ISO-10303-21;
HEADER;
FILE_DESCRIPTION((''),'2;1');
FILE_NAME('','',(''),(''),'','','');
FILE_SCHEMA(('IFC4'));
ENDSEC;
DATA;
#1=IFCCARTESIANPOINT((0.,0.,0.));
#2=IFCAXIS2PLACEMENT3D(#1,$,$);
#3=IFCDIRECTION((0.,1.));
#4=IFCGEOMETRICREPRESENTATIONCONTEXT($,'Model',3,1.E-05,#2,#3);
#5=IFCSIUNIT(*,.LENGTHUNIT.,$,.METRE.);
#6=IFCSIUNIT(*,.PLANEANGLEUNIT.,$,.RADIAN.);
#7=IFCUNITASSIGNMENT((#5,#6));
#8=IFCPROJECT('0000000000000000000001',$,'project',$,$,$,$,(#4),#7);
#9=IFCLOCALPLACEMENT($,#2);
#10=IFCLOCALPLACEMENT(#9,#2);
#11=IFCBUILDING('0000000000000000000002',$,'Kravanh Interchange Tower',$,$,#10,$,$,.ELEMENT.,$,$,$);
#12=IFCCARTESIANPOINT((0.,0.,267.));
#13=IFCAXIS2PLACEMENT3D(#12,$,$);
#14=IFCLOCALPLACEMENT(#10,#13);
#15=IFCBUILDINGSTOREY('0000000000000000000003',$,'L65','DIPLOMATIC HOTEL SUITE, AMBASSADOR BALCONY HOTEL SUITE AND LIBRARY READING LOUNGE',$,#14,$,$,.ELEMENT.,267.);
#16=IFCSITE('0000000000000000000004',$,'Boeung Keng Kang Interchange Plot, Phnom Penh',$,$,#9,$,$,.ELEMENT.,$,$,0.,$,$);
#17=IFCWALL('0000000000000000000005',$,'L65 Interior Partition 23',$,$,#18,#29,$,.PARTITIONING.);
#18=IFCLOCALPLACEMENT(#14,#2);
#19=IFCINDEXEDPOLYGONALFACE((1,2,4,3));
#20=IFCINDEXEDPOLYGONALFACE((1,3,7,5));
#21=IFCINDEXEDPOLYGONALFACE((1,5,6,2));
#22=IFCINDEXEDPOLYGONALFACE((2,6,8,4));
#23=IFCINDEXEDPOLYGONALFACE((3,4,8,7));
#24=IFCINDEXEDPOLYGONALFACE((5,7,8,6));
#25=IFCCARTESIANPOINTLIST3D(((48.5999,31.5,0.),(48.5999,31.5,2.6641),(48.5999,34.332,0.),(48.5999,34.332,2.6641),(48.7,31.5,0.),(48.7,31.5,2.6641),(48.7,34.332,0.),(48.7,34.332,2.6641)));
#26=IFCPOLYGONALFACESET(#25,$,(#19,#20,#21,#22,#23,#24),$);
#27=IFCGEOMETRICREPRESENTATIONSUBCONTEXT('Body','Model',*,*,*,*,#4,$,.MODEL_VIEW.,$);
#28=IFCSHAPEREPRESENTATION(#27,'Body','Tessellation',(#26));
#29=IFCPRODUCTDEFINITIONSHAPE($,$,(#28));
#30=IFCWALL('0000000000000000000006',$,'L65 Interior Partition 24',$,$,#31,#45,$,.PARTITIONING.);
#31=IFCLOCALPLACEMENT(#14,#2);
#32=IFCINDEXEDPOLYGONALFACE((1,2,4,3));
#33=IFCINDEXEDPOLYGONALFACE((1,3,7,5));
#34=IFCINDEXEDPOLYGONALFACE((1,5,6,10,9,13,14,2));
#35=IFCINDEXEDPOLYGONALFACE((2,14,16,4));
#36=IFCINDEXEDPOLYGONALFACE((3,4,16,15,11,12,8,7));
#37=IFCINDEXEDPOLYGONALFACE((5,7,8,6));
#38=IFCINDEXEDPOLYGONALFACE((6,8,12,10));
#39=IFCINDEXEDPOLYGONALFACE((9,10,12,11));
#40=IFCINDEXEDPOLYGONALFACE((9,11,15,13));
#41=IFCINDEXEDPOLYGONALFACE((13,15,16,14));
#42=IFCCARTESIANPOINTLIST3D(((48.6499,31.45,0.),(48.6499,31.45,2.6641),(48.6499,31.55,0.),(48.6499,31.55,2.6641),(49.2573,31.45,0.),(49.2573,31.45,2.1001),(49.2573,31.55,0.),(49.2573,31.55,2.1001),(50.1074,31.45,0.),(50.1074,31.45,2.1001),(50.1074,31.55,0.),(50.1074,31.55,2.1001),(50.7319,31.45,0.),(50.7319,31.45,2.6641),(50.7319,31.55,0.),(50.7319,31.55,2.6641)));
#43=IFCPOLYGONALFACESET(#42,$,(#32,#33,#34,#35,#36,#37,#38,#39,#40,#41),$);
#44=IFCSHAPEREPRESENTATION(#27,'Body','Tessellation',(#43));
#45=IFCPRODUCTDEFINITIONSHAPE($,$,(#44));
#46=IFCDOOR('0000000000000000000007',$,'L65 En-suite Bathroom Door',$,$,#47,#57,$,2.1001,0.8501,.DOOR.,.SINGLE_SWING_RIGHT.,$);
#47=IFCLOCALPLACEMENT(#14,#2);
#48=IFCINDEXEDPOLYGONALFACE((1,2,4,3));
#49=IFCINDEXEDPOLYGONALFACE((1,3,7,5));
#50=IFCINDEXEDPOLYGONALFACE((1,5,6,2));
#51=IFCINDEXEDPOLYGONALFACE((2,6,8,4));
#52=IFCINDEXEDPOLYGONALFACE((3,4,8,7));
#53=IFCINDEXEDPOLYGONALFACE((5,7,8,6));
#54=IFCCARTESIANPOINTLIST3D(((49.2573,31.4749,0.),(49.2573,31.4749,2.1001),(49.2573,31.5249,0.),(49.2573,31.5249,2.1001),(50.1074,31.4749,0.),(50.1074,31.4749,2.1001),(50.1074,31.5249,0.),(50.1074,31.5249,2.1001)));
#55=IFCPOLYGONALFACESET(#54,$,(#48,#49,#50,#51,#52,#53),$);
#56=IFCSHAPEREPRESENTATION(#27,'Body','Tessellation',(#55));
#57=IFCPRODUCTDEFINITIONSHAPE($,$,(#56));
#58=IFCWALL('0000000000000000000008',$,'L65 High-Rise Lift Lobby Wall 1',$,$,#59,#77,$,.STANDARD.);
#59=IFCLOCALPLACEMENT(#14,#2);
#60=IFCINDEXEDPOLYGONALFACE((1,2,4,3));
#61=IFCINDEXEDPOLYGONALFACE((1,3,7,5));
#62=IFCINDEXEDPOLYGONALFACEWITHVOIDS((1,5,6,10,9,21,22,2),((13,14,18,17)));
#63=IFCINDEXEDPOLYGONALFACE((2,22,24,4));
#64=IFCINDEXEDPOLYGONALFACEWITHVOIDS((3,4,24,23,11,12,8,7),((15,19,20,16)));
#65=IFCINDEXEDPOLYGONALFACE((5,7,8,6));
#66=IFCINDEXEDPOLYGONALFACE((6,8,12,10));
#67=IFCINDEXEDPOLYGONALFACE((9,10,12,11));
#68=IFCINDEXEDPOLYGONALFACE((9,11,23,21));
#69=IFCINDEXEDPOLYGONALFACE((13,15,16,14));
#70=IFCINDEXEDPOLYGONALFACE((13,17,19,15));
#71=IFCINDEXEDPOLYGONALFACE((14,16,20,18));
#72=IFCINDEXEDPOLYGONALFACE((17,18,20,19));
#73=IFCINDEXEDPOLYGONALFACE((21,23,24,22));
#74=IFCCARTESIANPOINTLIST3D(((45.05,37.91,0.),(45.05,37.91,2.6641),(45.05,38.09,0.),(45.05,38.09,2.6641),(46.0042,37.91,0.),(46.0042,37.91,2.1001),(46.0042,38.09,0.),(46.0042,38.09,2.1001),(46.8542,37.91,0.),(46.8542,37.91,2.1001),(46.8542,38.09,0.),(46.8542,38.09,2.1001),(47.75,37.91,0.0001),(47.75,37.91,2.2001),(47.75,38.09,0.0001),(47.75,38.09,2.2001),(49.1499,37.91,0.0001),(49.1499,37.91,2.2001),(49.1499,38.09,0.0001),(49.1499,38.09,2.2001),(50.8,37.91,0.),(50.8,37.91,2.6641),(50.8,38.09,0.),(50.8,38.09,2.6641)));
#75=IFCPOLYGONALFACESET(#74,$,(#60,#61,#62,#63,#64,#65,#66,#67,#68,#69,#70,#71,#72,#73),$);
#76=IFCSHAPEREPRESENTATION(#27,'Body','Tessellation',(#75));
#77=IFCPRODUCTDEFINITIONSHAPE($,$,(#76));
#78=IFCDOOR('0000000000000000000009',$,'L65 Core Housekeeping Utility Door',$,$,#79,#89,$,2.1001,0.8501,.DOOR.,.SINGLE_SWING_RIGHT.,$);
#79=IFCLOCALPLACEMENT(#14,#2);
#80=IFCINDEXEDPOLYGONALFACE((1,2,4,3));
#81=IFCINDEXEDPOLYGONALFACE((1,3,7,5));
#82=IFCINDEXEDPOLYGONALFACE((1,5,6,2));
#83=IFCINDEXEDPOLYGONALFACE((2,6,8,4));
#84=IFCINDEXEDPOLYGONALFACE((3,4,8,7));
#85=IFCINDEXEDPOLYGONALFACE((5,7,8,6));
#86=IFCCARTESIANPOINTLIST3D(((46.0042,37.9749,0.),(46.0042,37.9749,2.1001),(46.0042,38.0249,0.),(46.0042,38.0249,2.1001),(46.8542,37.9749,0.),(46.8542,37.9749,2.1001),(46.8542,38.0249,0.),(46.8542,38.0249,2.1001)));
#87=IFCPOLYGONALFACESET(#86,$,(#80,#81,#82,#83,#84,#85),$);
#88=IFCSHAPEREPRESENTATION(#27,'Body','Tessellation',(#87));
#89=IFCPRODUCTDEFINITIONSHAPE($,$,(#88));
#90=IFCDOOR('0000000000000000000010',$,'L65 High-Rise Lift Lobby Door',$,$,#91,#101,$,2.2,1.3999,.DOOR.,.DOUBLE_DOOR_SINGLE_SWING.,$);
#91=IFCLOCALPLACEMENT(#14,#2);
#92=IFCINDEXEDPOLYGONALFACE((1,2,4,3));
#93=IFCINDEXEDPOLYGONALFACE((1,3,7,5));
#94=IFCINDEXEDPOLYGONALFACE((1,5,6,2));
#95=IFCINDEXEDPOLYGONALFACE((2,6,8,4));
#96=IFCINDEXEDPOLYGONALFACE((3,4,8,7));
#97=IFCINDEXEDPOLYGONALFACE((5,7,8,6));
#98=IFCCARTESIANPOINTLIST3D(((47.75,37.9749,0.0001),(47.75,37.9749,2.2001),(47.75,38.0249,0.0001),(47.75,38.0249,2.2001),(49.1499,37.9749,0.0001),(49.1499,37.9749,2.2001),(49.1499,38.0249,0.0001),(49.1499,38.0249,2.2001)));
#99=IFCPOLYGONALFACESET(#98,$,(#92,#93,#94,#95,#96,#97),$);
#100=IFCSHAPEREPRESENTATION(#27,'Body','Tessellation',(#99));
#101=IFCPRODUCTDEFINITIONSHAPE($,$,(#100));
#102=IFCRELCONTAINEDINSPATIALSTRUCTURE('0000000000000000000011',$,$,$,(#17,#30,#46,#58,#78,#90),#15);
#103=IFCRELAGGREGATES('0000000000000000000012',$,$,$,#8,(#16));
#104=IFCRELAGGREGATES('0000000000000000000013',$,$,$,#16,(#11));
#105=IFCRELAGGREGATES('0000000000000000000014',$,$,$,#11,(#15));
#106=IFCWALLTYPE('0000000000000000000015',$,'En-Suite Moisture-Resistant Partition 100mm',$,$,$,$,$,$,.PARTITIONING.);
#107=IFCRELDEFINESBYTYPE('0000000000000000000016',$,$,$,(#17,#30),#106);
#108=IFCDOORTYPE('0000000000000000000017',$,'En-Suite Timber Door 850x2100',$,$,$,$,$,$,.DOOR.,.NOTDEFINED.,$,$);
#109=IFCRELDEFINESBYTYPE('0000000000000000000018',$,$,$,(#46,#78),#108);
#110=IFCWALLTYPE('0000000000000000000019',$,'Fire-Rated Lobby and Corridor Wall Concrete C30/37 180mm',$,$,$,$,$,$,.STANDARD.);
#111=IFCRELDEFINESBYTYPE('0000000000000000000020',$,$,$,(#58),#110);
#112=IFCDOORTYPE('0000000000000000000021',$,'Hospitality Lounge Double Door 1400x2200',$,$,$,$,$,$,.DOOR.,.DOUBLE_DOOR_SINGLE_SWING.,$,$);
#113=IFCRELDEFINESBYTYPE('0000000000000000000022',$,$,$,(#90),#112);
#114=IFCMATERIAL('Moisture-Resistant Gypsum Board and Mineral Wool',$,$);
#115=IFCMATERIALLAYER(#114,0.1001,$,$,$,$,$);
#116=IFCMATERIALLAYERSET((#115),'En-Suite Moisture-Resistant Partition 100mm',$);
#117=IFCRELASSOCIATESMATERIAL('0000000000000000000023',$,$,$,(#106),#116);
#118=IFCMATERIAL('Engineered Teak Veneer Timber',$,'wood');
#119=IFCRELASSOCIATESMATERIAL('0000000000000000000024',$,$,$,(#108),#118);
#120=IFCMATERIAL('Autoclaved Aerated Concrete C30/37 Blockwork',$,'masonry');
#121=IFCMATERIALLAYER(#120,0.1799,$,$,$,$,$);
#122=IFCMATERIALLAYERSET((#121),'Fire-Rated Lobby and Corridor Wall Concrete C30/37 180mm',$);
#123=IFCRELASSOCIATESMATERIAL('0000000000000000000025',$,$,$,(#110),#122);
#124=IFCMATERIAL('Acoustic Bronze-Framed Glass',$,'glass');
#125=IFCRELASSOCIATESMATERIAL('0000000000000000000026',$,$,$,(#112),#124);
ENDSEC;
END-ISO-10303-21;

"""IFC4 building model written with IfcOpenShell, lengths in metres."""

from ifc_helpers import new_model, si_unit, direction, frame, frame_2d, origin, place, context, subcontext, project, spatial, rectangle, extrude, material, layer, layer_set, type_object, element, fill, save


model = new_model("IFC4")

# Units and contexts
model_context = context("Model", 3, precision=1e-05, world=origin(), true_north=direction((0.0, 1.0)))
body_context = subcontext(model_context, "Body", "Model", "MODEL_VIEW")
ifc_project = project(units=[si_unit("LENGTHUNIT", "METRE"), si_unit("PLANEANGLEUNIT", "RADIAN")], contexts=[model_context])

# Site, building, storey
site_placement = place(None, origin())
site = spatial("IfcSite", under=ifc_project, at=site_placement, Name="Boeung Keng Kang Interchange Plot, Phnom Penh", CompositionType="ELEMENT", RefElevation=0.0)
building_placement = place(site_placement, origin())
building = spatial("IfcBuilding", under=site, at=building_placement, Name="Kravanh Interchange Tower", CompositionType="ELEMENT")
storey_placement = place(building_placement, frame((0.0, 0.0, 267.0)))
storey = spatial("IfcBuildingStorey", under=building, at=storey_placement, Name="L65", Description="DIPLOMATIC HOTEL SUITE, AMBASSADOR BALCONY HOTEL SUITE AND LIBRARY READING LOUNGE", CompositionType="ELEMENT", Elevation=267.0)

# Wall
ifc_material_1 = material(Name="Moisture-Resistant Gypsum Board and Mineral Wool")
ifc_layer_1 = layer(ifc_material_1, 0.1001)
ifc_layer_set_1 = layer_set([ifc_layer_1], Name="En-Suite Moisture-Resistant Partition 100mm")
wall_type_1 = type_object("IfcWallType", Name="En-Suite Moisture-Resistant Partition 100mm", PredefinedType="PARTITIONING", material=ifc_layer_set_1)
wall_1_placement = place(storey_placement, frame((48.6499, 31.5, 0.0), z_axis=(0.0, 0.0, 1.0), x_axis=(0.0, 1.0, 0.0)))
element("IfcWall", 1, at=wall_1_placement, inside=storey, type_object=wall_type_1, Name="L65 Interior Partition 23", PredefinedType="PARTITIONING", context=body_context, shape_type="SweptSolid", body=[
    extrude(rectangle(XDim=2.832, YDim=0.1001, at=frame_2d((1.416, 0.0))), origin(), (0.0, 0.0, 1.0), 2.6641),
])

# Wall, opening, door
wall_2_placement = place(storey_placement, frame((48.6499, 31.5, 0.0), z_axis=(0.0, 0.0, 1.0), x_axis=(1.0, 0.0, 0.0)))
wall_2 = element("IfcWall", 2, at=wall_2_placement, inside=storey, type_object=wall_type_1, Name="L65 Interior Partition 24", PredefinedType="PARTITIONING", context=body_context, shape_type="SweptSolid", body=[
    extrude(rectangle(XDim=2.082, YDim=0.1001, at=frame_2d((1.041, 0.0))), origin(), (0.0, 0.0, 1.0), 2.6641),
])
opening_1_placement = place(wall_2_placement, frame((0.6074, 0.0, 0.0)))
opening_1 = element("IfcOpeningElement", 3, at=opening_1_placement, cuts=wall_2, PredefinedType="OPENING", context=body_context, shape_type="SweptSolid", body=[
    extrude(rectangle(XDim=0.8501, YDim=2.1001, at=frame_2d((0.425, 1.05))), frame((0.0, 0.0601, 0.0), z_axis=(0.0, -1.0, 0.0), x_axis=(1.0, 0.0, 0.0)), (0.0, 0.0, 1.0), 0.1201),
])
ifc_material_2 = material(Name="Engineered Teak Veneer Timber", Category="wood")
door_type_1 = type_object("IfcDoorType", Name="En-Suite Timber Door 850x2100", OperationType="NOTDEFINED", PredefinedType="DOOR", material=ifc_material_2)
door_1_placement = place(opening_1_placement, origin())
door_1 = element("IfcDoor", 4, at=door_1_placement, inside=storey, type_object=door_type_1, Name="L65 En-suite Bathroom Door", OperationType="SINGLE_SWING_RIGHT", OverallHeight=2.1001, OverallWidth=0.8501, PredefinedType="DOOR", context=body_context, shape_type="SweptSolid", body=[
    extrude(rectangle(XDim=0.8501, YDim=2.1001, at=frame_2d((0.425, 1.05))), frame((0.0, 0.0249, 0.0), z_axis=(0.0, -1.0, 0.0), x_axis=(1.0, 0.0, 0.0)), (0.0, 0.0, 1.0), 0.05),
])
fill(opening_1, door_1)

# Wall, openings, doors
ifc_material_3 = material(Name="Autoclaved Aerated Concrete C30/37 Blockwork", Category="masonry")
ifc_layer_2 = layer(ifc_material_3, 0.1799)
ifc_layer_set_2 = layer_set([ifc_layer_2], Name="Fire-Rated Lobby and Corridor Wall Concrete C30/37 180mm")
wall_type_2 = type_object("IfcWallType", Name="Fire-Rated Lobby and Corridor Wall Concrete C30/37 180mm", PredefinedType="STANDARD", material=ifc_layer_set_2)
wall_3_placement = place(storey_placement, frame((45.05, 38.0, 0.0), z_axis=(0.0, 0.0, 1.0), x_axis=(1.0, 0.0, 0.0)))
wall_3 = element("IfcWall", 5, at=wall_3_placement, inside=storey, type_object=wall_type_2, Name="L65 High-Rise Lift Lobby Wall 1", PredefinedType="STANDARD", context=body_context, shape_type="SweptSolid", body=[
    extrude(rectangle(XDim=5.75, YDim=0.1799, at=frame_2d((2.875, 0.0))), origin(), (0.0, 0.0, 1.0), 2.6641),
])
opening_2_placement = place(wall_3_placement, frame((0.9541, 0.0, 0.0)))
opening_2 = element("IfcOpeningElement", 6, at=opening_2_placement, cuts=wall_3, PredefinedType="OPENING", context=body_context, shape_type="SweptSolid", body=[
    extrude(rectangle(XDim=0.8501, YDim=2.1001, at=frame_2d((0.425, 1.05))), frame((0.0, 0.1001, 0.0), z_axis=(0.0, -1.0, 0.0), x_axis=(1.0, 0.0, 0.0)), (0.0, 0.0, 1.0), 0.2),
])
opening_3_placement = place(wall_3_placement, frame((2.7, 0.0, 0.0)))
opening_3 = element("IfcOpeningElement", 7, at=opening_3_placement, cuts=wall_3, PredefinedType="OPENING", context=body_context, shape_type="SweptSolid", body=[
    extrude(rectangle(XDim=1.3999, YDim=2.2, at=frame_2d((0.7, 1.1001))), frame((0.0, 0.1001, 0.0), z_axis=(0.0, -1.0, 0.0), x_axis=(1.0, 0.0, 0.0)), (0.0, 0.0, 1.0), 0.2),
])
door_2_placement = place(opening_2_placement, origin())
door_2 = element("IfcDoor", 8, at=door_2_placement, inside=storey, type_object=door_type_1, Name="L65 Core Housekeeping Utility Door", OperationType="SINGLE_SWING_RIGHT", OverallHeight=2.1001, OverallWidth=0.8501, PredefinedType="DOOR", context=body_context, shape_type="SweptSolid", body=[
    extrude(rectangle(XDim=0.8501, YDim=2.1001, at=frame_2d((0.425, 1.05))), frame((0.0, 0.0249, 0.0), z_axis=(0.0, -1.0, 0.0), x_axis=(1.0, 0.0, 0.0)), (0.0, 0.0, 1.0), 0.05),
])
fill(opening_2, door_2)
ifc_material_4 = material(Name="Acoustic Bronze-Framed Glass", Category="glass")
door_type_2 = type_object("IfcDoorType", Name="Hospitality Lounge Double Door 1400x2200", OperationType="DOUBLE_DOOR_SINGLE_SWING", PredefinedType="DOOR", material=ifc_material_4)
door_3_placement = place(opening_3_placement, origin())
door_3 = element("IfcDoor", 9, at=door_3_placement, inside=storey, type_object=door_type_2, Name="L65 High-Rise Lift Lobby Door", OperationType="DOUBLE_DOOR_SINGLE_SWING", OverallHeight=2.2, OverallWidth=1.3999, PredefinedType="DOOR", context=body_context, shape_type="SweptSolid", body=[
    extrude(rectangle(XDim=1.3999, YDim=2.2, at=frame_2d((0.7, 1.1001))), frame((0.0, 0.0249, 0.0), z_axis=(0.0, -1.0, 0.0), x_axis=(1.0, 0.0, 0.0)), (0.0, 0.0, 1.0), 0.05),
])
fill(opening_3, door_3)

save(model, "model.ifc")
